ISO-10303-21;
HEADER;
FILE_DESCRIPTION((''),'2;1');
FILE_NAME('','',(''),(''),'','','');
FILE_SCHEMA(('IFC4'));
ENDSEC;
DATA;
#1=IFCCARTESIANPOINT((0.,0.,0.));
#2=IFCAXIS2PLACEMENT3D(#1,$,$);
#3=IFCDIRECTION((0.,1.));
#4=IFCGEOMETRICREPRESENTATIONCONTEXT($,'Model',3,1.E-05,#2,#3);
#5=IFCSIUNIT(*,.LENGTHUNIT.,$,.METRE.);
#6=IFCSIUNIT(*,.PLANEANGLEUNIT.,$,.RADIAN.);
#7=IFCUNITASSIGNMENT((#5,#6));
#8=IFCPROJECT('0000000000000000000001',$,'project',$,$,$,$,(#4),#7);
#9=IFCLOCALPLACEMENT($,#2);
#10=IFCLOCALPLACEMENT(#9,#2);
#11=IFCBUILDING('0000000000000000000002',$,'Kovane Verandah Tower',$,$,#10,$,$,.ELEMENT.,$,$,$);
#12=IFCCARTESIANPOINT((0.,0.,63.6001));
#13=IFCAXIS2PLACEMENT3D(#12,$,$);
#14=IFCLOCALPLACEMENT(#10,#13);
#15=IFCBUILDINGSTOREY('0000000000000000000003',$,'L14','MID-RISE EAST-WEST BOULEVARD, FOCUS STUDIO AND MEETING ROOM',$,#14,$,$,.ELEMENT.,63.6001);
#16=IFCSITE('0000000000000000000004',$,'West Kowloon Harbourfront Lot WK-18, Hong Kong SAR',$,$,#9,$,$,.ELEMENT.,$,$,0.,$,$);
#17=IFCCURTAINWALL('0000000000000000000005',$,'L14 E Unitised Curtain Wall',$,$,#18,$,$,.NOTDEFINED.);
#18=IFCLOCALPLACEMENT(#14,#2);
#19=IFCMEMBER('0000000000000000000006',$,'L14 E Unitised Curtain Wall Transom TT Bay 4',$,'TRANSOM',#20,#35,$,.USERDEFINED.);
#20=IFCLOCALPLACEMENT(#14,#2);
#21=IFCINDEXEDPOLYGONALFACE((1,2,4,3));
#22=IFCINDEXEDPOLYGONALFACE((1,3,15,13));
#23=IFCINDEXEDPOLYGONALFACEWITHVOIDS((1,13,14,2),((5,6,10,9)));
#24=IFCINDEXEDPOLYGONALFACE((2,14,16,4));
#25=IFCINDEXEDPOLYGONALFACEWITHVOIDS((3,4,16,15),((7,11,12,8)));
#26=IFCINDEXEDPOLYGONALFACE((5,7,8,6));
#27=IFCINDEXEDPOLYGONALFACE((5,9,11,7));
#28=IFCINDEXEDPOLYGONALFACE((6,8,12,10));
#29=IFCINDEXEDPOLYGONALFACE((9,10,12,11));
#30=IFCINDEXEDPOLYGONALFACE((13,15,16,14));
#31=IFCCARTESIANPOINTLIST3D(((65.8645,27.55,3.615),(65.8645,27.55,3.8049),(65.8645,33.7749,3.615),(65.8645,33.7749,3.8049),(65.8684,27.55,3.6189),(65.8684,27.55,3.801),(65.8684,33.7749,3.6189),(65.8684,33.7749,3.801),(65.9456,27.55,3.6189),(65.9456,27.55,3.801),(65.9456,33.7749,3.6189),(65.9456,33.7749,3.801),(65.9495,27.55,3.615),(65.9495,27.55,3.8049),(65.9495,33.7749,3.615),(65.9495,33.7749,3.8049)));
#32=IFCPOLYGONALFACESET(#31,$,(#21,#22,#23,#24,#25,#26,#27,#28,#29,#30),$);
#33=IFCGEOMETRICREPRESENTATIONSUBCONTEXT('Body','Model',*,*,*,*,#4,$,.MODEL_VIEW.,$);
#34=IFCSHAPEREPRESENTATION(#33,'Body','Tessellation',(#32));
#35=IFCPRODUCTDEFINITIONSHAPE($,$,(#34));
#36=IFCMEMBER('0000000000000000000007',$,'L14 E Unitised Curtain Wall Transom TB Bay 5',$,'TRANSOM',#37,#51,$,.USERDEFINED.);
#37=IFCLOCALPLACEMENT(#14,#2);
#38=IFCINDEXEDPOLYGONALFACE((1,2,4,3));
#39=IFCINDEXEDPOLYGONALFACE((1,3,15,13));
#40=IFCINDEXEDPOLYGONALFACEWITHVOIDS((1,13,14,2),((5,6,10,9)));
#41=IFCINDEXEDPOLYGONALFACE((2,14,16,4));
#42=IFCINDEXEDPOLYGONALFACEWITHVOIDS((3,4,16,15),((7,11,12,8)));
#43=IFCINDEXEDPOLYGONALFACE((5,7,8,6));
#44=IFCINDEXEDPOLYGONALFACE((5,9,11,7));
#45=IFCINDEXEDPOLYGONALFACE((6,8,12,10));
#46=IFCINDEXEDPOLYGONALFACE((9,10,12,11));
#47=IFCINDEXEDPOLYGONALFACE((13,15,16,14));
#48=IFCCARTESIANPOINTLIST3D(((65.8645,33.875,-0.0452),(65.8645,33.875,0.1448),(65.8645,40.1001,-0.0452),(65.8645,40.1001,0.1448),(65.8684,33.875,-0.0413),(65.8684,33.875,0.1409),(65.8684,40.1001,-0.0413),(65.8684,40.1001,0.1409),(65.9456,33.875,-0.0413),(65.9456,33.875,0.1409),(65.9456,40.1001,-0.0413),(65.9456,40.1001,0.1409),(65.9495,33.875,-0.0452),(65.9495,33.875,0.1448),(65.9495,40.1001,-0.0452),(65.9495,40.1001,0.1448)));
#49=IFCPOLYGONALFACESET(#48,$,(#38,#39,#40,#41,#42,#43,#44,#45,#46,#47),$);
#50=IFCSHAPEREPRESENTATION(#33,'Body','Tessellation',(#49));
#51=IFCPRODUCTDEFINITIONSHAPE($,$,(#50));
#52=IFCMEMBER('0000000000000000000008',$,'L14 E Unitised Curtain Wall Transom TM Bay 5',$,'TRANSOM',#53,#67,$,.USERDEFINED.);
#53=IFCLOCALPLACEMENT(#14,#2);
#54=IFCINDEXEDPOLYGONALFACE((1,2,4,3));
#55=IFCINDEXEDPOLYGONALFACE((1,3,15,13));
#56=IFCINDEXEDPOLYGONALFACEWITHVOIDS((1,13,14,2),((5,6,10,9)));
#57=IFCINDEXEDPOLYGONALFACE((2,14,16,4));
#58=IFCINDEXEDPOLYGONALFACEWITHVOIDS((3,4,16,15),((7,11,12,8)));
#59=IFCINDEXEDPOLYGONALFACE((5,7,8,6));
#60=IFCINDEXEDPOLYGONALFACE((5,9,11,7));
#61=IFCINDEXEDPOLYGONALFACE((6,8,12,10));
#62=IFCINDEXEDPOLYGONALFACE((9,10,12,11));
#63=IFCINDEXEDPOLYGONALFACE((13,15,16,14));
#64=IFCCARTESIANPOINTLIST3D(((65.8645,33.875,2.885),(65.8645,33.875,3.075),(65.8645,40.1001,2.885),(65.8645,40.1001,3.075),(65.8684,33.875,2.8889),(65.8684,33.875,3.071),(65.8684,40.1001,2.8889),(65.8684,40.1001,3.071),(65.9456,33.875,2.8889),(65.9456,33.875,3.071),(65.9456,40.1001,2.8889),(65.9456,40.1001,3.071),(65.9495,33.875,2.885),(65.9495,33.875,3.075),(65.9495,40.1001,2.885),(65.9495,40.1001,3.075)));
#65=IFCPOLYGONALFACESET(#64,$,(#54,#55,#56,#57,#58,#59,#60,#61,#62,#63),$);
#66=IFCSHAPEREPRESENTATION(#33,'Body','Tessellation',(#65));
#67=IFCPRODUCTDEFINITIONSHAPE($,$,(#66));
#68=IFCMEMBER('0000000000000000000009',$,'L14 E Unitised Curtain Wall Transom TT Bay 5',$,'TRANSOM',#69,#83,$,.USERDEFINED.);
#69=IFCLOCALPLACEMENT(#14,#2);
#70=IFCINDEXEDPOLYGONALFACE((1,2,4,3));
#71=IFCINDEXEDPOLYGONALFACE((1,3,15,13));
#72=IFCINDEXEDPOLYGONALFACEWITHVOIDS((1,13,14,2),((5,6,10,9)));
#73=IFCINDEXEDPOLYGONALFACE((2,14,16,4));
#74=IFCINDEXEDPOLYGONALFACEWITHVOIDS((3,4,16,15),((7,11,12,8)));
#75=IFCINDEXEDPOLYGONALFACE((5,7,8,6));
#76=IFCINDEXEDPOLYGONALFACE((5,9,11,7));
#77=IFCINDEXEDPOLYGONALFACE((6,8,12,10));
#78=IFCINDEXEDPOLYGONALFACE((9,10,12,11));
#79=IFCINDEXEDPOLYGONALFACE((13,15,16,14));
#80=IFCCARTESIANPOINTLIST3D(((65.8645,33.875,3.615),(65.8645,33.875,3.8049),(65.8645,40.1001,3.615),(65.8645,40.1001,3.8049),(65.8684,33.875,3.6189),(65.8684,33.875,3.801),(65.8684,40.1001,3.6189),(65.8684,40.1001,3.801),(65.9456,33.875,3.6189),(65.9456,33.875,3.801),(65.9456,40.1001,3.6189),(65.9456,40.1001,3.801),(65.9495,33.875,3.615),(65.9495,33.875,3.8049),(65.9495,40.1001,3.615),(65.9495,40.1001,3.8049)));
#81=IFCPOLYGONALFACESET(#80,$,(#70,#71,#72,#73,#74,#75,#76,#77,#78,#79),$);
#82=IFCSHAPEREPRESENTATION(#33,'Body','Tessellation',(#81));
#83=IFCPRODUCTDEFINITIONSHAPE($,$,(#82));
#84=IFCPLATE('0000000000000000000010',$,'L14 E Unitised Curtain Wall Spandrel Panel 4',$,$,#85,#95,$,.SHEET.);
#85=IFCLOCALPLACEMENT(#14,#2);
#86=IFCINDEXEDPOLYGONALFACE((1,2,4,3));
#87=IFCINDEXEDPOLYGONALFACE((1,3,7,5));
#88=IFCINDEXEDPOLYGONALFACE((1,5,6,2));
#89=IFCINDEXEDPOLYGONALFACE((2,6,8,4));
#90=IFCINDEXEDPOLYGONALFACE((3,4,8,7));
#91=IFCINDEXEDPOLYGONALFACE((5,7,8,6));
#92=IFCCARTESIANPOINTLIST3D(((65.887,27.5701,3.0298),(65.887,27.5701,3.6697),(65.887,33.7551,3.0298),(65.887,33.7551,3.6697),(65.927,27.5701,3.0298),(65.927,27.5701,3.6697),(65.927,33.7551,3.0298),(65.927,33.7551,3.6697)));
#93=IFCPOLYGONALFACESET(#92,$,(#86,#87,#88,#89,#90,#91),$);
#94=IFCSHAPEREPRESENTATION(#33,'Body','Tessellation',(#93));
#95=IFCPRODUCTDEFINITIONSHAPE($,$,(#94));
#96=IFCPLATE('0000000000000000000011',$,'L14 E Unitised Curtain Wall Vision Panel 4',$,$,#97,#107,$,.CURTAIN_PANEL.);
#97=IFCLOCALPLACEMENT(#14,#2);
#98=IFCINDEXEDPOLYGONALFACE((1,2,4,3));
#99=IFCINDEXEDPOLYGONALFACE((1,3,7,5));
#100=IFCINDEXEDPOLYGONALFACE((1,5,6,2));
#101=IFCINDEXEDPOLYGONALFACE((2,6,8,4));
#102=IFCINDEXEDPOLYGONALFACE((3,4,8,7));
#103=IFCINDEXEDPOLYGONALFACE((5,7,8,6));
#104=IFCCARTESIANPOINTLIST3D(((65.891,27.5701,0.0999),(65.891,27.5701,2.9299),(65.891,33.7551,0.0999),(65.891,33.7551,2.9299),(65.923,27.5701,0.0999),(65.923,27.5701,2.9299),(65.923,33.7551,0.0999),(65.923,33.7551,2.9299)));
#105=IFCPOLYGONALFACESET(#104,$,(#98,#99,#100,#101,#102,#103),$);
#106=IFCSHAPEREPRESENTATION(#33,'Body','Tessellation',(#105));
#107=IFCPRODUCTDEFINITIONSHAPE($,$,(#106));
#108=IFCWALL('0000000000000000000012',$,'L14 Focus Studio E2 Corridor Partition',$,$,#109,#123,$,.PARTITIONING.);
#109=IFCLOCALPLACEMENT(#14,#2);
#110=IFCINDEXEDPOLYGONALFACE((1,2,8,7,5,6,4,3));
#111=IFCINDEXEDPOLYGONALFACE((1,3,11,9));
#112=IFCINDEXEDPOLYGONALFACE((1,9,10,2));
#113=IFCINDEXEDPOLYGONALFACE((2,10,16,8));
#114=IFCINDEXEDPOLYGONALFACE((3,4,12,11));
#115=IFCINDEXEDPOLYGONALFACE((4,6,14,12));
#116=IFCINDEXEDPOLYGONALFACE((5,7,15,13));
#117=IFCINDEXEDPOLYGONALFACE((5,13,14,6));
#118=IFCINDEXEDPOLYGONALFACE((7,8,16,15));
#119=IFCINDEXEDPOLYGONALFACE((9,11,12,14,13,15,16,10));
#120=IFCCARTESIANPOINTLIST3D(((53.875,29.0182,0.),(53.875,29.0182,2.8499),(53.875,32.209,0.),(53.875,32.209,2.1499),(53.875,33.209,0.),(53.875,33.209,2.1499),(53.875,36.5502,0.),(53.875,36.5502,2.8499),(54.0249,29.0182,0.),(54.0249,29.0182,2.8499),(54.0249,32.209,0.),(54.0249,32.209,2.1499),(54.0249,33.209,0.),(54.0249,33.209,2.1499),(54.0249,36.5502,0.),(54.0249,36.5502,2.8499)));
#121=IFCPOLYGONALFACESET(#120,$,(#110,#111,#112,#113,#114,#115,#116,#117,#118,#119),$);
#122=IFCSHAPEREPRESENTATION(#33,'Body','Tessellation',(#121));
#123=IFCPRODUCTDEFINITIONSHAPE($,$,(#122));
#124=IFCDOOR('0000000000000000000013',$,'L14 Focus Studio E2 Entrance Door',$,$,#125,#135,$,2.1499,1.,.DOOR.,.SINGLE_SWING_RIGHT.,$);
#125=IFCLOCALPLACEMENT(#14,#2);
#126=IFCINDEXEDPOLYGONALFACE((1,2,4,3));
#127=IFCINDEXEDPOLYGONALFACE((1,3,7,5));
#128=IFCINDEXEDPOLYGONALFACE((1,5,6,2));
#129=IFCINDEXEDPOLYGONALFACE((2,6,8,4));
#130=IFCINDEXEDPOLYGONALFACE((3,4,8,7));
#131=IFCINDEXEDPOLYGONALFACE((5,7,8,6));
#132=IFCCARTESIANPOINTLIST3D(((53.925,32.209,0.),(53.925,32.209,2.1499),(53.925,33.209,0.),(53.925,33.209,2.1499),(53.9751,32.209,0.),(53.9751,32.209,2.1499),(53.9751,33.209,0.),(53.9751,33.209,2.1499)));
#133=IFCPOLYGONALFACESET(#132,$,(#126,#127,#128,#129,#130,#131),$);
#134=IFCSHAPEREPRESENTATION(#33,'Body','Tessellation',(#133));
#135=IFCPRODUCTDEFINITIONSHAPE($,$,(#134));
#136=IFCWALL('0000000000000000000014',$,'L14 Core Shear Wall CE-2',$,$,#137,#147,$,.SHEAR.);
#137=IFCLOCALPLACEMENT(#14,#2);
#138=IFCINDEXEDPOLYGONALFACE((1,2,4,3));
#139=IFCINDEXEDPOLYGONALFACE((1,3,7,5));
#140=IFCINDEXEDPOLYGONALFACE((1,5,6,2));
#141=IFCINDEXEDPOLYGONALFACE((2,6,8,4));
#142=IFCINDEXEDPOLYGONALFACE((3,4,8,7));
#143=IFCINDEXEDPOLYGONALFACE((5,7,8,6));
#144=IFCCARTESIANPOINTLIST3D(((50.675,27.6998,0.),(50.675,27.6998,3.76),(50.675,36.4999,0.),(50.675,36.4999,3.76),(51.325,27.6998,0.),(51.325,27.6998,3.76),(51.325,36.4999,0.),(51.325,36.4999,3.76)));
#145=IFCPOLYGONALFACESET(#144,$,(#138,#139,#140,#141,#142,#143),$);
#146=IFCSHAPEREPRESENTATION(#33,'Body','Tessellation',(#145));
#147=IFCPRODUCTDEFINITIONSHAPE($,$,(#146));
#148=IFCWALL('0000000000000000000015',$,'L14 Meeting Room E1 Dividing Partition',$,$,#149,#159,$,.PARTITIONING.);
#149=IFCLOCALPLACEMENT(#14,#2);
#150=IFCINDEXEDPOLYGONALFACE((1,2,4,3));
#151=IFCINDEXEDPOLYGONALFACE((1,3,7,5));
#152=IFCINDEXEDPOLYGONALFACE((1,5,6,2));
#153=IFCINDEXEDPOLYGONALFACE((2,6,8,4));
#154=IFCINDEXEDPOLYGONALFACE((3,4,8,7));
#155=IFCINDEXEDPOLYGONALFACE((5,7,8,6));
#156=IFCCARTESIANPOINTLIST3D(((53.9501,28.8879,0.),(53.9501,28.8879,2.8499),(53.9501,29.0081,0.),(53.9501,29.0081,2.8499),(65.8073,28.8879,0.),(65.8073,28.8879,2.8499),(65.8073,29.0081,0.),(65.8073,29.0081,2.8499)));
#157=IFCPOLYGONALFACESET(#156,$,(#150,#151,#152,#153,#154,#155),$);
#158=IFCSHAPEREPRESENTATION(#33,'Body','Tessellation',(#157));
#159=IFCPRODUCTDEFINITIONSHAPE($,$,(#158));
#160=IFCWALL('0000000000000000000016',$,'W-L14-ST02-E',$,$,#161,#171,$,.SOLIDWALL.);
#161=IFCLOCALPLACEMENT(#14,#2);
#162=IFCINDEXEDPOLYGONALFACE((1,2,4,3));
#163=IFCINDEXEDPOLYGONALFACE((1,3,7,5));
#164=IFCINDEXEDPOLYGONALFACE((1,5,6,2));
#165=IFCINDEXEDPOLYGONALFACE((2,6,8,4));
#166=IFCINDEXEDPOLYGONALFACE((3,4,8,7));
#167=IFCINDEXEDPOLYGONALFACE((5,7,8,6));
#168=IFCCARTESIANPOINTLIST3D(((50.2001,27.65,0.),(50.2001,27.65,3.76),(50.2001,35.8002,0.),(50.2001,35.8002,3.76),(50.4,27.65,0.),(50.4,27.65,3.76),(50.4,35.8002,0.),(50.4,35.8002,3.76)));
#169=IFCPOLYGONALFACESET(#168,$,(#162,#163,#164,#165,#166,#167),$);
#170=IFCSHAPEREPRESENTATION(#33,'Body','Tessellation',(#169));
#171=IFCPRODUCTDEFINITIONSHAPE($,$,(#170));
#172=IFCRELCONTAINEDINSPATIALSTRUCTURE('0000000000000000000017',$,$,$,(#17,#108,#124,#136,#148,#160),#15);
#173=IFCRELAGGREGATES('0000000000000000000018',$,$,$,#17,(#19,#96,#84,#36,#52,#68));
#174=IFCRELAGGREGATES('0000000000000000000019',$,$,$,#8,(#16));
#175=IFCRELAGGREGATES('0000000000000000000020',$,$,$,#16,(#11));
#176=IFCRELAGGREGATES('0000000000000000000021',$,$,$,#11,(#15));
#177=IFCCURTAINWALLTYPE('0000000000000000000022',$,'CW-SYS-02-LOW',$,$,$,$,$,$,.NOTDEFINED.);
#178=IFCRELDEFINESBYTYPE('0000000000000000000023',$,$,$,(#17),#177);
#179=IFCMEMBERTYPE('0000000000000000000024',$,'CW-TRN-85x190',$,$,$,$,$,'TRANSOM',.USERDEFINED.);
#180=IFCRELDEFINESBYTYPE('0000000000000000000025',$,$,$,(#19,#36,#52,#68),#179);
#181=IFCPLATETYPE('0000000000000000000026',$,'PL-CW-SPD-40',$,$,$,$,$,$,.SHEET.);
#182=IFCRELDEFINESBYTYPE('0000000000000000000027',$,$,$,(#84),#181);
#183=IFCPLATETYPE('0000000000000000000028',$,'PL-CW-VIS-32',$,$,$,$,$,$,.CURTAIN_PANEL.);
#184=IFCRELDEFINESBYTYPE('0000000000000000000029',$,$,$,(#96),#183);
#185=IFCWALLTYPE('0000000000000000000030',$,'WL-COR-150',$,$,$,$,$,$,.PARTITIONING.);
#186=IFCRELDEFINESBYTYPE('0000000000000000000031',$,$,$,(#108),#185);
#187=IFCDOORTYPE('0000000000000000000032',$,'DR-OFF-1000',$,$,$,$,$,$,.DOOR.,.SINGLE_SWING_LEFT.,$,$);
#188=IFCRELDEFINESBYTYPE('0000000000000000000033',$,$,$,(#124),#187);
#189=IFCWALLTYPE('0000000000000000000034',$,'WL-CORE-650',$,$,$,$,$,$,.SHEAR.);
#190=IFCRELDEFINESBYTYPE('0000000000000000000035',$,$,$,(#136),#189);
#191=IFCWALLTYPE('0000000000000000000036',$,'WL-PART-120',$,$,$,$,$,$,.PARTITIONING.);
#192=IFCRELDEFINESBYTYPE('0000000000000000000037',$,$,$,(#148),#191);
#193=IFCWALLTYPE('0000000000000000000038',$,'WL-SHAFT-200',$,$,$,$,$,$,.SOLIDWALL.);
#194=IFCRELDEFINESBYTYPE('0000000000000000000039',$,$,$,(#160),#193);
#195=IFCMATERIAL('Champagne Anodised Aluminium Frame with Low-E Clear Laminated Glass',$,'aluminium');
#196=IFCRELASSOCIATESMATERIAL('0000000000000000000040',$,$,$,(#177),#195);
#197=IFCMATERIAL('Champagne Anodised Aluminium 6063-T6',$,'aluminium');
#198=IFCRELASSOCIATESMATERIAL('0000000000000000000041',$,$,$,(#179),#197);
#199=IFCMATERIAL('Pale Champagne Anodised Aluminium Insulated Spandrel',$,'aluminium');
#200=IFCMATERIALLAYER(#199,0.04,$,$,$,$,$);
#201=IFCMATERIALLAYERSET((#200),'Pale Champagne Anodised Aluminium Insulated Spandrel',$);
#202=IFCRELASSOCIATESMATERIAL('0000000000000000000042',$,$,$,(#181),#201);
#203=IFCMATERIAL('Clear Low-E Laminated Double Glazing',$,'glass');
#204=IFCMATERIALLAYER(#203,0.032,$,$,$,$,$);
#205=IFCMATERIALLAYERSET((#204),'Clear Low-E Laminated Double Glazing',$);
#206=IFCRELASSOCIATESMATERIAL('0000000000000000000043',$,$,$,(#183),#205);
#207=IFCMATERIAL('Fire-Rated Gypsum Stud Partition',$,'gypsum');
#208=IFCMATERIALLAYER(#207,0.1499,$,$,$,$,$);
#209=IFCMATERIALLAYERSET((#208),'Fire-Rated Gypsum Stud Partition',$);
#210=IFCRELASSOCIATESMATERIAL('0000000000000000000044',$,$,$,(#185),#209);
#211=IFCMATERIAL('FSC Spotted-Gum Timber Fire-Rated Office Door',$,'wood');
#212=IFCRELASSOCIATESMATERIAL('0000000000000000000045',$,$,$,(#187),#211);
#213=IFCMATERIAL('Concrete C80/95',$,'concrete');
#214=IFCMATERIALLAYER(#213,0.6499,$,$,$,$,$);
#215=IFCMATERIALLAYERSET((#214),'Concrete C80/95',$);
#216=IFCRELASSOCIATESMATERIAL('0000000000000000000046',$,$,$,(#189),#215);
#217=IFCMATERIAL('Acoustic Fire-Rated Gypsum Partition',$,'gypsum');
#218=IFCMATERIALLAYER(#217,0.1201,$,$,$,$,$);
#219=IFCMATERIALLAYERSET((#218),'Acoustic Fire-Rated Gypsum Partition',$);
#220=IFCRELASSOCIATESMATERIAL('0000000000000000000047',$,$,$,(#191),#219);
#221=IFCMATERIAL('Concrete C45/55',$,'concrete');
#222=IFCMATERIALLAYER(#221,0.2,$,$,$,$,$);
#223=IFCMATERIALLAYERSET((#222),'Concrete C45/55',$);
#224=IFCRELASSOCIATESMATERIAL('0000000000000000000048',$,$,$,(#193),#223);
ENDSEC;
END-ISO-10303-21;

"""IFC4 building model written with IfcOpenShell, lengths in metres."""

from ifc_helpers import new_model, si_unit, direction, frame, frame_2d, origin, origin_2d, place, context, subcontext, project, spatial, rectangle, hollow_rectangle, extrude, material, layer, layer_set, material_profile, profile_set, type_object, element, fill, aggregate, save


model = new_model("IFC4")

# Units and contexts
model_context = context("Model", 3, precision=1e-05, world=origin(), true_north=direction((0.0, 1.0)))
body_context = subcontext(model_context, "Body", "Model", "MODEL_VIEW")
ifc_project = project(units=[si_unit("LENGTHUNIT", "METRE"), si_unit("PLANEANGLEUNIT", "RADIAN")], contexts=[model_context])

# Site, building, storey
site_placement = place(None, origin())
site = spatial("IfcSite", under=ifc_project, at=site_placement, Name="West Kowloon Harbourfront Lot WK-18, Hong Kong SAR", CompositionType="ELEMENT", RefElevation=0.0)
building_placement = place(site_placement, origin())
building = spatial("IfcBuilding", under=site, at=building_placement, Name="Kovane Verandah Tower", CompositionType="ELEMENT")
storey_placement = place(building_placement, frame((0.0, 0.0, 63.6001)))
storey = spatial("IfcBuildingStorey", under=building, at=storey_placement, Name="L14", Description="MID-RISE EAST-WEST BOULEVARD, FOCUS STUDIO AND MEETING ROOM", CompositionType="ELEMENT", Elevation=63.6001)

# Shared definitions
ifc_material_1 = material(Name="Concrete C80/95", Category="concrete")

# Curtain wall, members, plates
ifc_material_2 = material(Name="Champagne Anodised Aluminium Frame with Low-E Clear Laminated Glass", Category="aluminium")
curtain_wall_type = type_object("IfcCurtainWallType", Name="CW-SYS-02-LOW", PredefinedType="NOTDEFINED", material=ifc_material_2)
curtain_wall_placement = place(storey_placement, origin())
curtain_wall = element("IfcCurtainWall", 1, at=curtain_wall_placement, inside=storey, type_object=curtain_wall_type, Name="L14 E Unitised Curtain Wall", PredefinedType="NOTDEFINED")
ifc_material_3 = material(Name="Champagne Anodised Aluminium 6063-T6", Category="aluminium")
ifc_material_profile_1 = material_profile(ifc_material_3, hollow_rectangle(XDim=0.085, YDim=0.1899, WallThickness=0.0039, at=origin_2d()), Name="AL85x190x4")
ifc_profile_set_1 = profile_set([ifc_material_profile_1], Name="Champagne Anodised Aluminium 6063-T6")
member_type_1 = type_object("IfcMemberType", Name="CW-TRN-85x190", ElementType="TRANSOM", PredefinedType="USERDEFINED", material=ifc_profile_set_1)
member_1_placement = place(storey_placement, frame((65.907, 27.55, 3.71), z_axis=(0.0, 1.0, 0.0), x_axis=(-1.0, 0.0, 0.0)))
member_1 = element("IfcMember", 2, at=member_1_placement, type_object=member_type_1, Name="L14 E Unitised Curtain Wall Transom TT Bay 4", ObjectType="TRANSOM", PredefinedType="USERDEFINED", context=body_context, shape_type="SweptSolid", body=[
    extrude(hollow_rectangle(XDim=0.085, YDim=0.1899, WallThickness=0.0039, at=origin_2d()), origin(), (0.0, 0.0, 1.0), 6.2249),
])
member_2_placement = place(storey_placement, frame((65.907, 33.875, 0.0498), z_axis=(0.0, 1.0, 0.0), x_axis=(-1.0, 0.0, 0.0)))
member_2 = element("IfcMember", 3, at=member_2_placement, type_object=member_type_1, Name="L14 E Unitised Curtain Wall Transom TB Bay 5", ObjectType="TRANSOM", PredefinedType="USERDEFINED", context=body_context, shape_type="SweptSolid", body=[
    extrude(hollow_rectangle(XDim=0.085, YDim=0.1899, WallThickness=0.0039, at=origin_2d()), origin(), (0.0, 0.0, 1.0), 6.2251),
])
member_3_placement = place(storey_placement, frame((65.907, 33.875, 2.98), z_axis=(0.0, 1.0, 0.0), x_axis=(-1.0, 0.0, 0.0)))
member_3 = element("IfcMember", 4, at=member_3_placement, type_object=member_type_1, Name="L14 E Unitised Curtain Wall Transom TM Bay 5", ObjectType="TRANSOM", PredefinedType="USERDEFINED", context=body_context, shape_type="SweptSolid", body=[
    extrude(hollow_rectangle(XDim=0.085, YDim=0.1899, WallThickness=0.0039, at=origin_2d()), origin(), (0.0, 0.0, 1.0), 6.2251),
])
member_4_placement = place(storey_placement, frame((65.907, 33.875, 3.71), z_axis=(0.0, 1.0, 0.0), x_axis=(-1.0, 0.0, 0.0)))
member_4 = element("IfcMember", 5, at=member_4_placement, type_object=member_type_1, Name="L14 E Unitised Curtain Wall Transom TT Bay 5", ObjectType="TRANSOM", PredefinedType="USERDEFINED", context=body_context, shape_type="SweptSolid", body=[
    extrude(hollow_rectangle(XDim=0.085, YDim=0.1899, WallThickness=0.0039, at=origin_2d()), origin(), (0.0, 0.0, 1.0), 6.2251),
])
ifc_material_4 = material(Name="Pale Champagne Anodised Aluminium Insulated Spandrel", Category="aluminium")
ifc_layer_1 = layer(ifc_material_4, 0.04)
ifc_layer_set_1 = layer_set([ifc_layer_1], Name="Pale Champagne Anodised Aluminium Insulated Spandrel")
plate_type_1 = type_object("IfcPlateType", Name="PL-CW-SPD-40", PredefinedType="SHEET", material=ifc_layer_set_1)
plate_1_placement = place(storey_placement, frame((65.907, 30.6626, 3.0298), z_axis=(0.0, 0.0, 1.0), x_axis=(0.0, 1.0, 0.0)))
plate_1 = element("IfcPlate", 6, at=plate_1_placement, type_object=plate_type_1, Name="L14 E Unitised Curtain Wall Spandrel Panel 4", PredefinedType="SHEET", context=body_context, shape_type="SweptSolid", body=[
    extrude(rectangle(XDim=6.1851, YDim=0.04, at=origin_2d()), origin(), (0.0, 0.0, 1.0), 0.6399),
])
ifc_material_5 = material(Name="Clear Low-E Laminated Double Glazing", Category="glass")
ifc_layer_2 = layer(ifc_material_5, 0.032)
ifc_layer_set_2 = layer_set([ifc_layer_2], Name="Clear Low-E Laminated Double Glazing")
plate_type_2 = type_object("IfcPlateType", Name="PL-CW-VIS-32", PredefinedType="CURTAIN_PANEL", material=ifc_layer_set_2)
plate_2_placement = place(storey_placement, frame((65.907, 30.6626, 0.0999), z_axis=(0.0, 0.0, 1.0), x_axis=(0.0, 1.0, 0.0)))
plate_2 = element("IfcPlate", 7, at=plate_2_placement, type_object=plate_type_2, Name="L14 E Unitised Curtain Wall Vision Panel 4", PredefinedType="CURTAIN_PANEL", context=body_context, shape_type="SweptSolid", body=[
    extrude(rectangle(XDim=6.1851, YDim=0.032, at=origin_2d()), origin(), (0.0, 0.0, 1.0), 2.8301),
])
aggregate(curtain_wall, [member_1, plate_2, plate_1, member_2, member_3, member_4])

# Wall, opening, door
ifc_material_6 = material(Name="Fire-Rated Gypsum Stud Partition", Category="gypsum")
ifc_layer_3 = layer(ifc_material_6, 0.1499)
ifc_layer_set_3 = layer_set([ifc_layer_3], Name="Fire-Rated Gypsum Stud Partition")
wall_type_1 = type_object("IfcWallType", Name="WL-COR-150", PredefinedType="PARTITIONING", material=ifc_layer_set_3)
wall_1_placement = place(storey_placement, frame((53.95, 29.0181, 0.0), z_axis=(0.0, 0.0, 1.0), x_axis=(0.0, 1.0, 0.0)))
wall_1 = element("IfcWall", 8, at=wall_1_placement, inside=storey, type_object=wall_type_1, Name="L14 Focus Studio E2 Corridor Partition", PredefinedType="PARTITIONING", context=body_context, shape_type="SweptSolid", body=[
    extrude(rectangle(XDim=7.532, YDim=0.1499, at=frame_2d((3.7661, 0.0))), origin(), (0.0, 0.0, 1.0), 2.8499),
])
opening_placement = place(wall_1_placement, frame((3.1909, 0.0, 0.0)))
opening = element("IfcOpeningElement", 9, at=opening_placement, cuts=wall_1, PredefinedType="OPENING", context=body_context, shape_type="SweptSolid", body=[
    extrude(rectangle(XDim=1.0, YDim=2.1499, at=frame_2d((0.5, 1.075))), frame((0.0, 0.075, 0.0), z_axis=(0.0, -1.0, 0.0), x_axis=(1.0, 0.0, 0.0)), (0.0, 0.0, 1.0), 0.1499),
])
ifc_material_7 = material(Name="FSC Spotted-Gum Timber Fire-Rated Office Door", Category="wood")
door_type = type_object("IfcDoorType", Name="DR-OFF-1000", OperationType="SINGLE_SWING_LEFT", PredefinedType="DOOR", material=ifc_material_7)
door_placement = place(opening_placement, origin())
door = element("IfcDoor", 10, at=door_placement, inside=storey, type_object=door_type, Name="L14 Focus Studio E2 Entrance Door", OperationType="SINGLE_SWING_RIGHT", OverallHeight=2.1499, OverallWidth=1.0, PredefinedType="DOOR", context=body_context, shape_type="SweptSolid", body=[
    extrude(rectangle(XDim=1.0, YDim=2.1499, at=frame_2d((0.5, 1.075))), frame((0.0, 0.0249, 0.0), z_axis=(0.0, -1.0, 0.0), x_axis=(1.0, 0.0, 0.0)), (0.0, 0.0, 1.0), 0.05),
])
fill(opening, door)

# Walls
ifc_layer_4 = layer(ifc_material_1, 0.6499)
ifc_layer_set_4 = layer_set([ifc_layer_4], Name="Concrete C80/95")
wall_type_2 = type_object("IfcWallType", Name="WL-CORE-650", PredefinedType="SHEAR", material=ifc_layer_set_4)
wall_2_placement = place(storey_placement, frame((51.0, 27.7, 0.0), z_axis=(0.0, 0.0, 1.0), x_axis=(0.0, 1.0, 0.0)))
element("IfcWall", 11, at=wall_2_placement, inside=storey, type_object=wall_type_2, Name="L14 Core Shear Wall CE-2", PredefinedType="SHEAR", context=body_context, shape_type="SweptSolid", body=[
    extrude(rectangle(XDim=8.8, YDim=0.6499, at=frame_2d((4.3999, 0.0))), origin(), (0.0, 0.0, 1.0), 3.76),
])
ifc_material_8 = material(Name="Acoustic Fire-Rated Gypsum Partition", Category="gypsum")
ifc_layer_5 = layer(ifc_material_8, 0.1201)
ifc_layer_set_5 = layer_set([ifc_layer_5], Name="Acoustic Fire-Rated Gypsum Partition")
wall_type_3 = type_object("IfcWallType", Name="WL-PART-120", PredefinedType="PARTITIONING", material=ifc_layer_set_5)
wall_3_placement = place(storey_placement, frame((53.95, 28.948, 0.0), z_axis=(0.0, 0.0, 1.0), x_axis=(1.0, 0.0, 0.0)))
element("IfcWall", 12, at=wall_3_placement, inside=storey, type_object=wall_type_3, Name="L14 Meeting Room E1 Dividing Partition", PredefinedType="PARTITIONING", context=body_context, shape_type="SweptSolid", body=[
    extrude(rectangle(XDim=11.8572, YDim=0.1201, at=frame_2d((5.9287, 0.0))), origin(), (0.0, 0.0, 1.0), 2.8499),
])
ifc_material_9 = material(Name="Concrete C45/55", Category="concrete")
ifc_layer_6 = layer(ifc_material_9, 0.2)
ifc_layer_set_6 = layer_set([ifc_layer_6], Name="Concrete C45/55")
wall_type_4 = type_object("IfcWallType", Name="WL-SHAFT-200", PredefinedType="SOLIDWALL", material=ifc_layer_set_6)
wall_4_placement = place(storey_placement, frame((50.3, 27.6499, 0.0), z_axis=(0.0, 0.0, 1.0), x_axis=(0.0, 1.0, 0.0)))
element("IfcWall", 13, at=wall_4_placement, inside=storey, type_object=wall_type_4, Name="W-L14-ST02-E", PredefinedType="SOLIDWALL", context=body_context, shape_type="SweptSolid", body=[
    extrude(rectangle(XDim=8.1501, YDim=0.2, at=frame_2d((4.0752, 0.0))), origin(), (0.0, 0.0, 1.0), 3.76),
])

save(model, "model.ifc")
